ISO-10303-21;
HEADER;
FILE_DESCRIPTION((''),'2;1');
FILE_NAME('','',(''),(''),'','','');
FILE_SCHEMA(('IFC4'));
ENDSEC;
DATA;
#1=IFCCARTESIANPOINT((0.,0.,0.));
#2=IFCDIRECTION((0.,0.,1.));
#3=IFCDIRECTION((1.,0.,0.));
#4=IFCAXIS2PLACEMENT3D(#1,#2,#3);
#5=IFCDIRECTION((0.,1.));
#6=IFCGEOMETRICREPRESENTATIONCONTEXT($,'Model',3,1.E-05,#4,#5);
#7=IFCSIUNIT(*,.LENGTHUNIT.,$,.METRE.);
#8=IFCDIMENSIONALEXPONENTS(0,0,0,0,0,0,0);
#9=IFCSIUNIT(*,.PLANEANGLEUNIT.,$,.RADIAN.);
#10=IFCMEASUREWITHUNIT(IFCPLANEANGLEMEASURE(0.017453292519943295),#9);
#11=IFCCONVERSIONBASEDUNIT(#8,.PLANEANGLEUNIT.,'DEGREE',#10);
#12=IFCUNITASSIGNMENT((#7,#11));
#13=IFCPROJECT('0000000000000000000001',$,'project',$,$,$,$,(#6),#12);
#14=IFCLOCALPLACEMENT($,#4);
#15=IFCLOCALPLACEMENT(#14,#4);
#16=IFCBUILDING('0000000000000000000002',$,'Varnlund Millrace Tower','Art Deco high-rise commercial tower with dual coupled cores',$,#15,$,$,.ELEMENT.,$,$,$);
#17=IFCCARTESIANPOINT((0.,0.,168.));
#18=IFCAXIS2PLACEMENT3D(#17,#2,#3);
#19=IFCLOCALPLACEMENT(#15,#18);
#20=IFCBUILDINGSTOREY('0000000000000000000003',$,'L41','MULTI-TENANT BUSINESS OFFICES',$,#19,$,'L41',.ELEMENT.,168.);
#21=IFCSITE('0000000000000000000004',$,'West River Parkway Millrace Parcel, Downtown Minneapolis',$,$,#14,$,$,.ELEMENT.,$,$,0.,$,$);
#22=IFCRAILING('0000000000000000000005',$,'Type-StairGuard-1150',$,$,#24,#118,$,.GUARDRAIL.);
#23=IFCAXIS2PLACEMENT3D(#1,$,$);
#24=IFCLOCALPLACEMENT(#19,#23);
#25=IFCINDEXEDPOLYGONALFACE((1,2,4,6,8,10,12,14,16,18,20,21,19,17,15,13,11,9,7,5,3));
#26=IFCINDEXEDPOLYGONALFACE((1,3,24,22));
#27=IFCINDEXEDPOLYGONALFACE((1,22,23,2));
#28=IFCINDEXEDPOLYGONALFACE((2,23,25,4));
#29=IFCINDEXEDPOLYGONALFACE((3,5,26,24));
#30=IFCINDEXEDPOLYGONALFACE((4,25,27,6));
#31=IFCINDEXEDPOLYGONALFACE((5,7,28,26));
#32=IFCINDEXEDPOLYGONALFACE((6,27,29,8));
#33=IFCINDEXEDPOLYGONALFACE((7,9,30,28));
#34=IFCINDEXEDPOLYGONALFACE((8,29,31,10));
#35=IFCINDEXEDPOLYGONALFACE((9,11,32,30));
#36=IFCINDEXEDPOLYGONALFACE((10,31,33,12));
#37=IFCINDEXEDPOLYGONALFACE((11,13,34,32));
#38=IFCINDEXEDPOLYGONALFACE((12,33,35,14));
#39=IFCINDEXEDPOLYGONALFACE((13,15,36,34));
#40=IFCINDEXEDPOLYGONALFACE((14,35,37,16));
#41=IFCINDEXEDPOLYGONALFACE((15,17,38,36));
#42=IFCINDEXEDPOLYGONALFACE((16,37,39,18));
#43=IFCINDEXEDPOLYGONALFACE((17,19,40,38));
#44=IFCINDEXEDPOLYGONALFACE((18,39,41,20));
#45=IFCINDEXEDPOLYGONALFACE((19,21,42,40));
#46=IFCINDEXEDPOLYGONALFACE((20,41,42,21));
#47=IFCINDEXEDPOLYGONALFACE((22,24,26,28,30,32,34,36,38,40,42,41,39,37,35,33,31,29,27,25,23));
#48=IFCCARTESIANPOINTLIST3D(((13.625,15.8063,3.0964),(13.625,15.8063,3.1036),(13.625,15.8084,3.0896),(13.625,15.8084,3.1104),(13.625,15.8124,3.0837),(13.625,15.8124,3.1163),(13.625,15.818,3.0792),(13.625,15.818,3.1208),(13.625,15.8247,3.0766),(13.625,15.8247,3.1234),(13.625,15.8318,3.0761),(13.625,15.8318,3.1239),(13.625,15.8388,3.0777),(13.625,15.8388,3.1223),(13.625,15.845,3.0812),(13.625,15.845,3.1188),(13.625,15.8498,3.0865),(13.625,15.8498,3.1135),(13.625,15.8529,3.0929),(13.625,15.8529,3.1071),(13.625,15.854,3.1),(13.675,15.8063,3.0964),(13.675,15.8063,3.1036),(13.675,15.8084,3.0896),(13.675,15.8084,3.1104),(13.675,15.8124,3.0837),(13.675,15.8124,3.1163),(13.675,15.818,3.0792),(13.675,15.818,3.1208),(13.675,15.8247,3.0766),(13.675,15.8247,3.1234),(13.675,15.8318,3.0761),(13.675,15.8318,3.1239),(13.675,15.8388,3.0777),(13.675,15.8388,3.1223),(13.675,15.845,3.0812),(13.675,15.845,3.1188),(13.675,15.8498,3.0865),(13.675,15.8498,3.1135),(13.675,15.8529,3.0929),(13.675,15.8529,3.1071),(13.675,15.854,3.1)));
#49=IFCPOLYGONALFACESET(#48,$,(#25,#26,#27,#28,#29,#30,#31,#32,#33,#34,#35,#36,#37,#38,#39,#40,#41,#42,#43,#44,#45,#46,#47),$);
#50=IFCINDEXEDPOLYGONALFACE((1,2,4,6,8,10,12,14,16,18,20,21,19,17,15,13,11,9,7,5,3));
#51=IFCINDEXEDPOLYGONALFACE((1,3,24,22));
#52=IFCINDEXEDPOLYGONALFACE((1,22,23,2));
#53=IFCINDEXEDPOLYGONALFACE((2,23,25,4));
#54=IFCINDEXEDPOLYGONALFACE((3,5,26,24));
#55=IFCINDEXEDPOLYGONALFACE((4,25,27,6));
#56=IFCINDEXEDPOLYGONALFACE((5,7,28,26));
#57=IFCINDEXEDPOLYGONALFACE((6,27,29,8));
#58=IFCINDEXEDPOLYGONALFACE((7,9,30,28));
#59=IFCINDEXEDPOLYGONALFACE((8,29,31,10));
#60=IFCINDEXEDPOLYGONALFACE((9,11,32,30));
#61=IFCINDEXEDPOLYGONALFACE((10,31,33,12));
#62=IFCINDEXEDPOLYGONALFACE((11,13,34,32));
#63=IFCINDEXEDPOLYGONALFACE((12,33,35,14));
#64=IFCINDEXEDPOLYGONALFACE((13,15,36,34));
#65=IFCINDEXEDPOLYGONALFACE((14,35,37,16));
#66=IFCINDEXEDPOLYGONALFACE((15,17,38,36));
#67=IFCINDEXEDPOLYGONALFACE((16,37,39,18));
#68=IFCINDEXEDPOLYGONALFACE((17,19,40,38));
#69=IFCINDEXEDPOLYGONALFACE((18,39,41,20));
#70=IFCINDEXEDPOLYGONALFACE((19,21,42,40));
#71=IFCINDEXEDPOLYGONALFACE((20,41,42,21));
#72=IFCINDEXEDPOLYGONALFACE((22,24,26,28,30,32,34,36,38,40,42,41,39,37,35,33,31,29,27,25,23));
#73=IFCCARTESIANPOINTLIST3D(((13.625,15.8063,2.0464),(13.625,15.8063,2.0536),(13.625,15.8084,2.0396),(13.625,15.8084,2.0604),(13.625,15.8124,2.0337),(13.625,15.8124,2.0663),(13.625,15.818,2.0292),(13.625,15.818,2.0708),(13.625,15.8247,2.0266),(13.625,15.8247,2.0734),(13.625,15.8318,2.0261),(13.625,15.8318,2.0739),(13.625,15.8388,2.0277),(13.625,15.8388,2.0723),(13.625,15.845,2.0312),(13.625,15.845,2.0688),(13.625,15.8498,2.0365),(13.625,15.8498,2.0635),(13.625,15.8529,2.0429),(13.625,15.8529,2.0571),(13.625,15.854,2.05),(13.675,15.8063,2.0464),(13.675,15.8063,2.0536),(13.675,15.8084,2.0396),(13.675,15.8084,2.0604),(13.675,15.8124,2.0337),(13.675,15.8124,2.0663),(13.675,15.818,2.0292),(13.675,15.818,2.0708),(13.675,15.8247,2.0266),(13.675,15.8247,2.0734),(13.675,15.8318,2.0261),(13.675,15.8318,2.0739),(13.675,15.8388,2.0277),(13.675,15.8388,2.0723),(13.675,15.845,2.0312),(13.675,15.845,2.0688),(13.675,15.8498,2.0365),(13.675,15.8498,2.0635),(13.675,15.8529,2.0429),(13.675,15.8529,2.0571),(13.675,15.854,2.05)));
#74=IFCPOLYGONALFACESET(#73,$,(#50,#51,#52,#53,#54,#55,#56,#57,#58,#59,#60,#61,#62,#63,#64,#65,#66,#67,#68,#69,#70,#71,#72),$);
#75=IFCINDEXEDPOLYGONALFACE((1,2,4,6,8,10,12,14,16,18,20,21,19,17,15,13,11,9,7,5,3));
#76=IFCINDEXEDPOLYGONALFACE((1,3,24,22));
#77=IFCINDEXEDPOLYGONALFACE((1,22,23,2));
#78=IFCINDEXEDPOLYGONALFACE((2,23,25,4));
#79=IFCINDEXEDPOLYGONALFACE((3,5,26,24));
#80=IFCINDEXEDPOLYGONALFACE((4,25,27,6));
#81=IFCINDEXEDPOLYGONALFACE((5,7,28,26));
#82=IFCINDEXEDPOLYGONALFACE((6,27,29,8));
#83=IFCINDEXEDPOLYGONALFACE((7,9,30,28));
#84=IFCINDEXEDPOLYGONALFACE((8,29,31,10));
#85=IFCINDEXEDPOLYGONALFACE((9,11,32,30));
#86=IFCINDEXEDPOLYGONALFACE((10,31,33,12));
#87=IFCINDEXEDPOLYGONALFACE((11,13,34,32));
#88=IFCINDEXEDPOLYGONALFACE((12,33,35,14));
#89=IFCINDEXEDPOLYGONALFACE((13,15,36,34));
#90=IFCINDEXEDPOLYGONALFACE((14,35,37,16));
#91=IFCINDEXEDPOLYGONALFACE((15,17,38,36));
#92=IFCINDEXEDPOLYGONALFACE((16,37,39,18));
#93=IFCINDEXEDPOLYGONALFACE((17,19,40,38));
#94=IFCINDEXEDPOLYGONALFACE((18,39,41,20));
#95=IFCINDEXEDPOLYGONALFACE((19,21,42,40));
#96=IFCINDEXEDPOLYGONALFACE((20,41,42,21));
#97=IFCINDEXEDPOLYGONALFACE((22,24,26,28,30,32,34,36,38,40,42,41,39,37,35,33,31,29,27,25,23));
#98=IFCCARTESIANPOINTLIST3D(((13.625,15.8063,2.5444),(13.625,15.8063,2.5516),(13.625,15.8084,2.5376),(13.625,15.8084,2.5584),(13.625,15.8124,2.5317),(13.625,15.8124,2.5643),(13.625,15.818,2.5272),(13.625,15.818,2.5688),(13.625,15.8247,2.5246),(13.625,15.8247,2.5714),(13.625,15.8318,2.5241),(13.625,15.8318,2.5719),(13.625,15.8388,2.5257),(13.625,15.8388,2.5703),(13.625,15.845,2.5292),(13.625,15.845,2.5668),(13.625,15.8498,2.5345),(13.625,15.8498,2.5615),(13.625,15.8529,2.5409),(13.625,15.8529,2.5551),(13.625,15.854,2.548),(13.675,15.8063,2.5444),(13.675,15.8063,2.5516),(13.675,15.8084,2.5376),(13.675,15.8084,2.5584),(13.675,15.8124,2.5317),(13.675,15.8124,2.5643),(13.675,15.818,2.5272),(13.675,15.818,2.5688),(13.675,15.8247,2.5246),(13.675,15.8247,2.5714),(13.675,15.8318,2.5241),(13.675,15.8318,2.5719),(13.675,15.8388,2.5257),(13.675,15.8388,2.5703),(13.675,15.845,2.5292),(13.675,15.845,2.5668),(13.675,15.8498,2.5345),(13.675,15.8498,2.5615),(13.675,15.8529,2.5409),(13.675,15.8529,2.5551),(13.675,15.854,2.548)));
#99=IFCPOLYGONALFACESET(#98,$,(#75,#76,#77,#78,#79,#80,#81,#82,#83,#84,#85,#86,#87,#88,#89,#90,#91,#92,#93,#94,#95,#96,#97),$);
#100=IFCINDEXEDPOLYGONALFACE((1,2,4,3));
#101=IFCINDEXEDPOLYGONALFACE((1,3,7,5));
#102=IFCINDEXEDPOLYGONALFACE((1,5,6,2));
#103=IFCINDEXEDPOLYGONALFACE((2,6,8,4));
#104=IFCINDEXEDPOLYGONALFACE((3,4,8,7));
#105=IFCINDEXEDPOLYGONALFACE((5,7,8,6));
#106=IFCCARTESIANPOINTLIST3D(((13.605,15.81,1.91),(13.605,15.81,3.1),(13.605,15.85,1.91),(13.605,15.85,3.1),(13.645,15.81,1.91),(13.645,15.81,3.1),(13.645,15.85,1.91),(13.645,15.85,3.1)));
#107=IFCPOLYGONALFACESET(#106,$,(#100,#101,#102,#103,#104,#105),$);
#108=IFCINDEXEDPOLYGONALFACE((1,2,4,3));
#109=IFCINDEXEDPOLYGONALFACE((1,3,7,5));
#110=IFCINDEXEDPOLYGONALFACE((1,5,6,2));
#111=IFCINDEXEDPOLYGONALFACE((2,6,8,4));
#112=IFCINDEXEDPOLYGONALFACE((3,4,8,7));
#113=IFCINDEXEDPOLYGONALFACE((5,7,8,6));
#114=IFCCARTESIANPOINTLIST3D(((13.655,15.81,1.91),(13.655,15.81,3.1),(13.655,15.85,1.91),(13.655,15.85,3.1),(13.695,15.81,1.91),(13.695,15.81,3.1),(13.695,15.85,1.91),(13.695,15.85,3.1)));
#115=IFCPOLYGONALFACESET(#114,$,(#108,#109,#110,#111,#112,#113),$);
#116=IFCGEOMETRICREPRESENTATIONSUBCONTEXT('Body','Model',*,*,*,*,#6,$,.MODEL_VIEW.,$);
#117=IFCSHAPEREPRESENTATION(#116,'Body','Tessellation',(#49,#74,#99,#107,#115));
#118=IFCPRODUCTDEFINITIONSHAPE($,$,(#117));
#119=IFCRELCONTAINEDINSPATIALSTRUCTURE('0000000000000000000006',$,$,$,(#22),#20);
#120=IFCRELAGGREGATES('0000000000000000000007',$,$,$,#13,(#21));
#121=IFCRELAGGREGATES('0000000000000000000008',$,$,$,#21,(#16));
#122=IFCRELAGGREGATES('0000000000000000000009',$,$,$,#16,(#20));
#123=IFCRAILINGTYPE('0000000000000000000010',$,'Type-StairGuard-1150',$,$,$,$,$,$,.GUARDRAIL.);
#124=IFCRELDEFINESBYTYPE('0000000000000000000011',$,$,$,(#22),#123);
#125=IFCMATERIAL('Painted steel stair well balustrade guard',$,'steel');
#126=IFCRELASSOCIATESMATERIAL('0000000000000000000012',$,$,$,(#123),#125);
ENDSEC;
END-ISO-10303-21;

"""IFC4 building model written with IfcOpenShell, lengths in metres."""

from ifc_helpers import new_model, entity, si_unit, converted_unit, direction, frame, origin_with_axes, origin_2d_with_axis, place, context, subcontext, project, spatial, rectangle, circle, extrude, material, type_object, element, save


model = new_model("IFC4")

# Units and contexts
model_context = context("Model", 3, precision=1e-05, world=origin_with_axes(), true_north=direction((0.0, 1.0)))
body_context = subcontext(model_context, "Body", "Model", "MODEL_VIEW")
ifc_project = project(units=[si_unit("LENGTHUNIT", "METRE"), converted_unit("PLANEANGLEUNIT", "DEGREE", entity("IfcPlaneAngleMeasure", 0.017453292519943295), si_unit("PLANEANGLEUNIT", "RADIAN"), dimensions=[0, 0, 0, 0, 0, 0, 0])], contexts=[model_context])

# Site, building, storey
site_placement = place(None, origin_with_axes())
site = spatial("IfcSite", under=ifc_project, at=site_placement, Name="West River Parkway Millrace Parcel, Downtown Minneapolis", CompositionType="ELEMENT", RefElevation=0.0)
building_placement = place(site_placement, origin_with_axes())
building = spatial("IfcBuilding", under=site, at=building_placement, Name="Varnlund Millrace Tower", Description="Art Deco high-rise commercial tower with dual coupled cores", CompositionType="ELEMENT")
storey_placement = place(building_placement, frame((0.0, 0.0, 168.0), z_axis=(0.0, 0.0, 1.0), x_axis=(1.0, 0.0, 0.0)))
storey = spatial("IfcBuildingStorey", under=building, at=storey_placement, Name="L41", Description="MULTI-TENANT BUSINESS OFFICES", LongName="L41", CompositionType="ELEMENT", Elevation=168.0)

# Railing
ifc_material_1 = material(Name="Painted steel stair well balustrade guard", Category="steel")
railing_type_1 = type_object("IfcRailingType", Name="Type-StairGuard-1150", PredefinedType="GUARDRAIL", material=ifc_material_1)
railing_1_placement = place(storey_placement, frame((0.0, 0.0, -168.0), z_axis=(0.0, 0.0, 1.0), x_axis=(1.0, 0.0, 0.0)))
element("IfcRailing", 1, at=railing_1_placement, inside=storey, type_object=railing_type_1, Name="Type-StairGuard-1150", PredefinedType="GUARDRAIL", context=body_context, shape_type="SweptSolid", body=[
    extrude(circle(Radius=0.024, at=origin_2d_with_axis()), frame((13.625, 15.83, 171.1), z_axis=(1.0, 0.0, 0.0), x_axis=(0.0, 1.0, 0.0)), (0.0, 0.0, 1.0), 0.05),
    extrude(circle(Radius=0.024, at=origin_2d_with_axis()), frame((13.625, 15.83, 170.05), z_axis=(1.0, 0.0, 0.0), x_axis=(0.0, 1.0, 0.0)), (0.0, 0.0, 1.0), 0.05),
    extrude(circle(Radius=0.024, at=origin_2d_with_axis()), frame((13.625, 15.83, 170.548), z_axis=(1.0, 0.0, 0.0), x_axis=(0.0, 1.0, 0.0)), (0.0, 0.0, 1.0), 0.05),
    extrude(rectangle(XDim=0.04, YDim=0.04, at=origin_2d_with_axis()), frame((13.625, 15.83, 169.91), z_axis=(0.0, 0.0, 1.0), x_axis=(1.0, 0.0, 0.0)), (0.0, 0.0, 1.0), 1.19),
    extrude(rectangle(XDim=0.04, YDim=0.04, at=origin_2d_with_axis()), frame((13.675, 15.83, 169.91), z_axis=(0.0, 0.0, 1.0), x_axis=(1.0, 0.0, 0.0)), (0.0, 0.0, 1.0), 1.19),
])

save(model, "model.ifc")
